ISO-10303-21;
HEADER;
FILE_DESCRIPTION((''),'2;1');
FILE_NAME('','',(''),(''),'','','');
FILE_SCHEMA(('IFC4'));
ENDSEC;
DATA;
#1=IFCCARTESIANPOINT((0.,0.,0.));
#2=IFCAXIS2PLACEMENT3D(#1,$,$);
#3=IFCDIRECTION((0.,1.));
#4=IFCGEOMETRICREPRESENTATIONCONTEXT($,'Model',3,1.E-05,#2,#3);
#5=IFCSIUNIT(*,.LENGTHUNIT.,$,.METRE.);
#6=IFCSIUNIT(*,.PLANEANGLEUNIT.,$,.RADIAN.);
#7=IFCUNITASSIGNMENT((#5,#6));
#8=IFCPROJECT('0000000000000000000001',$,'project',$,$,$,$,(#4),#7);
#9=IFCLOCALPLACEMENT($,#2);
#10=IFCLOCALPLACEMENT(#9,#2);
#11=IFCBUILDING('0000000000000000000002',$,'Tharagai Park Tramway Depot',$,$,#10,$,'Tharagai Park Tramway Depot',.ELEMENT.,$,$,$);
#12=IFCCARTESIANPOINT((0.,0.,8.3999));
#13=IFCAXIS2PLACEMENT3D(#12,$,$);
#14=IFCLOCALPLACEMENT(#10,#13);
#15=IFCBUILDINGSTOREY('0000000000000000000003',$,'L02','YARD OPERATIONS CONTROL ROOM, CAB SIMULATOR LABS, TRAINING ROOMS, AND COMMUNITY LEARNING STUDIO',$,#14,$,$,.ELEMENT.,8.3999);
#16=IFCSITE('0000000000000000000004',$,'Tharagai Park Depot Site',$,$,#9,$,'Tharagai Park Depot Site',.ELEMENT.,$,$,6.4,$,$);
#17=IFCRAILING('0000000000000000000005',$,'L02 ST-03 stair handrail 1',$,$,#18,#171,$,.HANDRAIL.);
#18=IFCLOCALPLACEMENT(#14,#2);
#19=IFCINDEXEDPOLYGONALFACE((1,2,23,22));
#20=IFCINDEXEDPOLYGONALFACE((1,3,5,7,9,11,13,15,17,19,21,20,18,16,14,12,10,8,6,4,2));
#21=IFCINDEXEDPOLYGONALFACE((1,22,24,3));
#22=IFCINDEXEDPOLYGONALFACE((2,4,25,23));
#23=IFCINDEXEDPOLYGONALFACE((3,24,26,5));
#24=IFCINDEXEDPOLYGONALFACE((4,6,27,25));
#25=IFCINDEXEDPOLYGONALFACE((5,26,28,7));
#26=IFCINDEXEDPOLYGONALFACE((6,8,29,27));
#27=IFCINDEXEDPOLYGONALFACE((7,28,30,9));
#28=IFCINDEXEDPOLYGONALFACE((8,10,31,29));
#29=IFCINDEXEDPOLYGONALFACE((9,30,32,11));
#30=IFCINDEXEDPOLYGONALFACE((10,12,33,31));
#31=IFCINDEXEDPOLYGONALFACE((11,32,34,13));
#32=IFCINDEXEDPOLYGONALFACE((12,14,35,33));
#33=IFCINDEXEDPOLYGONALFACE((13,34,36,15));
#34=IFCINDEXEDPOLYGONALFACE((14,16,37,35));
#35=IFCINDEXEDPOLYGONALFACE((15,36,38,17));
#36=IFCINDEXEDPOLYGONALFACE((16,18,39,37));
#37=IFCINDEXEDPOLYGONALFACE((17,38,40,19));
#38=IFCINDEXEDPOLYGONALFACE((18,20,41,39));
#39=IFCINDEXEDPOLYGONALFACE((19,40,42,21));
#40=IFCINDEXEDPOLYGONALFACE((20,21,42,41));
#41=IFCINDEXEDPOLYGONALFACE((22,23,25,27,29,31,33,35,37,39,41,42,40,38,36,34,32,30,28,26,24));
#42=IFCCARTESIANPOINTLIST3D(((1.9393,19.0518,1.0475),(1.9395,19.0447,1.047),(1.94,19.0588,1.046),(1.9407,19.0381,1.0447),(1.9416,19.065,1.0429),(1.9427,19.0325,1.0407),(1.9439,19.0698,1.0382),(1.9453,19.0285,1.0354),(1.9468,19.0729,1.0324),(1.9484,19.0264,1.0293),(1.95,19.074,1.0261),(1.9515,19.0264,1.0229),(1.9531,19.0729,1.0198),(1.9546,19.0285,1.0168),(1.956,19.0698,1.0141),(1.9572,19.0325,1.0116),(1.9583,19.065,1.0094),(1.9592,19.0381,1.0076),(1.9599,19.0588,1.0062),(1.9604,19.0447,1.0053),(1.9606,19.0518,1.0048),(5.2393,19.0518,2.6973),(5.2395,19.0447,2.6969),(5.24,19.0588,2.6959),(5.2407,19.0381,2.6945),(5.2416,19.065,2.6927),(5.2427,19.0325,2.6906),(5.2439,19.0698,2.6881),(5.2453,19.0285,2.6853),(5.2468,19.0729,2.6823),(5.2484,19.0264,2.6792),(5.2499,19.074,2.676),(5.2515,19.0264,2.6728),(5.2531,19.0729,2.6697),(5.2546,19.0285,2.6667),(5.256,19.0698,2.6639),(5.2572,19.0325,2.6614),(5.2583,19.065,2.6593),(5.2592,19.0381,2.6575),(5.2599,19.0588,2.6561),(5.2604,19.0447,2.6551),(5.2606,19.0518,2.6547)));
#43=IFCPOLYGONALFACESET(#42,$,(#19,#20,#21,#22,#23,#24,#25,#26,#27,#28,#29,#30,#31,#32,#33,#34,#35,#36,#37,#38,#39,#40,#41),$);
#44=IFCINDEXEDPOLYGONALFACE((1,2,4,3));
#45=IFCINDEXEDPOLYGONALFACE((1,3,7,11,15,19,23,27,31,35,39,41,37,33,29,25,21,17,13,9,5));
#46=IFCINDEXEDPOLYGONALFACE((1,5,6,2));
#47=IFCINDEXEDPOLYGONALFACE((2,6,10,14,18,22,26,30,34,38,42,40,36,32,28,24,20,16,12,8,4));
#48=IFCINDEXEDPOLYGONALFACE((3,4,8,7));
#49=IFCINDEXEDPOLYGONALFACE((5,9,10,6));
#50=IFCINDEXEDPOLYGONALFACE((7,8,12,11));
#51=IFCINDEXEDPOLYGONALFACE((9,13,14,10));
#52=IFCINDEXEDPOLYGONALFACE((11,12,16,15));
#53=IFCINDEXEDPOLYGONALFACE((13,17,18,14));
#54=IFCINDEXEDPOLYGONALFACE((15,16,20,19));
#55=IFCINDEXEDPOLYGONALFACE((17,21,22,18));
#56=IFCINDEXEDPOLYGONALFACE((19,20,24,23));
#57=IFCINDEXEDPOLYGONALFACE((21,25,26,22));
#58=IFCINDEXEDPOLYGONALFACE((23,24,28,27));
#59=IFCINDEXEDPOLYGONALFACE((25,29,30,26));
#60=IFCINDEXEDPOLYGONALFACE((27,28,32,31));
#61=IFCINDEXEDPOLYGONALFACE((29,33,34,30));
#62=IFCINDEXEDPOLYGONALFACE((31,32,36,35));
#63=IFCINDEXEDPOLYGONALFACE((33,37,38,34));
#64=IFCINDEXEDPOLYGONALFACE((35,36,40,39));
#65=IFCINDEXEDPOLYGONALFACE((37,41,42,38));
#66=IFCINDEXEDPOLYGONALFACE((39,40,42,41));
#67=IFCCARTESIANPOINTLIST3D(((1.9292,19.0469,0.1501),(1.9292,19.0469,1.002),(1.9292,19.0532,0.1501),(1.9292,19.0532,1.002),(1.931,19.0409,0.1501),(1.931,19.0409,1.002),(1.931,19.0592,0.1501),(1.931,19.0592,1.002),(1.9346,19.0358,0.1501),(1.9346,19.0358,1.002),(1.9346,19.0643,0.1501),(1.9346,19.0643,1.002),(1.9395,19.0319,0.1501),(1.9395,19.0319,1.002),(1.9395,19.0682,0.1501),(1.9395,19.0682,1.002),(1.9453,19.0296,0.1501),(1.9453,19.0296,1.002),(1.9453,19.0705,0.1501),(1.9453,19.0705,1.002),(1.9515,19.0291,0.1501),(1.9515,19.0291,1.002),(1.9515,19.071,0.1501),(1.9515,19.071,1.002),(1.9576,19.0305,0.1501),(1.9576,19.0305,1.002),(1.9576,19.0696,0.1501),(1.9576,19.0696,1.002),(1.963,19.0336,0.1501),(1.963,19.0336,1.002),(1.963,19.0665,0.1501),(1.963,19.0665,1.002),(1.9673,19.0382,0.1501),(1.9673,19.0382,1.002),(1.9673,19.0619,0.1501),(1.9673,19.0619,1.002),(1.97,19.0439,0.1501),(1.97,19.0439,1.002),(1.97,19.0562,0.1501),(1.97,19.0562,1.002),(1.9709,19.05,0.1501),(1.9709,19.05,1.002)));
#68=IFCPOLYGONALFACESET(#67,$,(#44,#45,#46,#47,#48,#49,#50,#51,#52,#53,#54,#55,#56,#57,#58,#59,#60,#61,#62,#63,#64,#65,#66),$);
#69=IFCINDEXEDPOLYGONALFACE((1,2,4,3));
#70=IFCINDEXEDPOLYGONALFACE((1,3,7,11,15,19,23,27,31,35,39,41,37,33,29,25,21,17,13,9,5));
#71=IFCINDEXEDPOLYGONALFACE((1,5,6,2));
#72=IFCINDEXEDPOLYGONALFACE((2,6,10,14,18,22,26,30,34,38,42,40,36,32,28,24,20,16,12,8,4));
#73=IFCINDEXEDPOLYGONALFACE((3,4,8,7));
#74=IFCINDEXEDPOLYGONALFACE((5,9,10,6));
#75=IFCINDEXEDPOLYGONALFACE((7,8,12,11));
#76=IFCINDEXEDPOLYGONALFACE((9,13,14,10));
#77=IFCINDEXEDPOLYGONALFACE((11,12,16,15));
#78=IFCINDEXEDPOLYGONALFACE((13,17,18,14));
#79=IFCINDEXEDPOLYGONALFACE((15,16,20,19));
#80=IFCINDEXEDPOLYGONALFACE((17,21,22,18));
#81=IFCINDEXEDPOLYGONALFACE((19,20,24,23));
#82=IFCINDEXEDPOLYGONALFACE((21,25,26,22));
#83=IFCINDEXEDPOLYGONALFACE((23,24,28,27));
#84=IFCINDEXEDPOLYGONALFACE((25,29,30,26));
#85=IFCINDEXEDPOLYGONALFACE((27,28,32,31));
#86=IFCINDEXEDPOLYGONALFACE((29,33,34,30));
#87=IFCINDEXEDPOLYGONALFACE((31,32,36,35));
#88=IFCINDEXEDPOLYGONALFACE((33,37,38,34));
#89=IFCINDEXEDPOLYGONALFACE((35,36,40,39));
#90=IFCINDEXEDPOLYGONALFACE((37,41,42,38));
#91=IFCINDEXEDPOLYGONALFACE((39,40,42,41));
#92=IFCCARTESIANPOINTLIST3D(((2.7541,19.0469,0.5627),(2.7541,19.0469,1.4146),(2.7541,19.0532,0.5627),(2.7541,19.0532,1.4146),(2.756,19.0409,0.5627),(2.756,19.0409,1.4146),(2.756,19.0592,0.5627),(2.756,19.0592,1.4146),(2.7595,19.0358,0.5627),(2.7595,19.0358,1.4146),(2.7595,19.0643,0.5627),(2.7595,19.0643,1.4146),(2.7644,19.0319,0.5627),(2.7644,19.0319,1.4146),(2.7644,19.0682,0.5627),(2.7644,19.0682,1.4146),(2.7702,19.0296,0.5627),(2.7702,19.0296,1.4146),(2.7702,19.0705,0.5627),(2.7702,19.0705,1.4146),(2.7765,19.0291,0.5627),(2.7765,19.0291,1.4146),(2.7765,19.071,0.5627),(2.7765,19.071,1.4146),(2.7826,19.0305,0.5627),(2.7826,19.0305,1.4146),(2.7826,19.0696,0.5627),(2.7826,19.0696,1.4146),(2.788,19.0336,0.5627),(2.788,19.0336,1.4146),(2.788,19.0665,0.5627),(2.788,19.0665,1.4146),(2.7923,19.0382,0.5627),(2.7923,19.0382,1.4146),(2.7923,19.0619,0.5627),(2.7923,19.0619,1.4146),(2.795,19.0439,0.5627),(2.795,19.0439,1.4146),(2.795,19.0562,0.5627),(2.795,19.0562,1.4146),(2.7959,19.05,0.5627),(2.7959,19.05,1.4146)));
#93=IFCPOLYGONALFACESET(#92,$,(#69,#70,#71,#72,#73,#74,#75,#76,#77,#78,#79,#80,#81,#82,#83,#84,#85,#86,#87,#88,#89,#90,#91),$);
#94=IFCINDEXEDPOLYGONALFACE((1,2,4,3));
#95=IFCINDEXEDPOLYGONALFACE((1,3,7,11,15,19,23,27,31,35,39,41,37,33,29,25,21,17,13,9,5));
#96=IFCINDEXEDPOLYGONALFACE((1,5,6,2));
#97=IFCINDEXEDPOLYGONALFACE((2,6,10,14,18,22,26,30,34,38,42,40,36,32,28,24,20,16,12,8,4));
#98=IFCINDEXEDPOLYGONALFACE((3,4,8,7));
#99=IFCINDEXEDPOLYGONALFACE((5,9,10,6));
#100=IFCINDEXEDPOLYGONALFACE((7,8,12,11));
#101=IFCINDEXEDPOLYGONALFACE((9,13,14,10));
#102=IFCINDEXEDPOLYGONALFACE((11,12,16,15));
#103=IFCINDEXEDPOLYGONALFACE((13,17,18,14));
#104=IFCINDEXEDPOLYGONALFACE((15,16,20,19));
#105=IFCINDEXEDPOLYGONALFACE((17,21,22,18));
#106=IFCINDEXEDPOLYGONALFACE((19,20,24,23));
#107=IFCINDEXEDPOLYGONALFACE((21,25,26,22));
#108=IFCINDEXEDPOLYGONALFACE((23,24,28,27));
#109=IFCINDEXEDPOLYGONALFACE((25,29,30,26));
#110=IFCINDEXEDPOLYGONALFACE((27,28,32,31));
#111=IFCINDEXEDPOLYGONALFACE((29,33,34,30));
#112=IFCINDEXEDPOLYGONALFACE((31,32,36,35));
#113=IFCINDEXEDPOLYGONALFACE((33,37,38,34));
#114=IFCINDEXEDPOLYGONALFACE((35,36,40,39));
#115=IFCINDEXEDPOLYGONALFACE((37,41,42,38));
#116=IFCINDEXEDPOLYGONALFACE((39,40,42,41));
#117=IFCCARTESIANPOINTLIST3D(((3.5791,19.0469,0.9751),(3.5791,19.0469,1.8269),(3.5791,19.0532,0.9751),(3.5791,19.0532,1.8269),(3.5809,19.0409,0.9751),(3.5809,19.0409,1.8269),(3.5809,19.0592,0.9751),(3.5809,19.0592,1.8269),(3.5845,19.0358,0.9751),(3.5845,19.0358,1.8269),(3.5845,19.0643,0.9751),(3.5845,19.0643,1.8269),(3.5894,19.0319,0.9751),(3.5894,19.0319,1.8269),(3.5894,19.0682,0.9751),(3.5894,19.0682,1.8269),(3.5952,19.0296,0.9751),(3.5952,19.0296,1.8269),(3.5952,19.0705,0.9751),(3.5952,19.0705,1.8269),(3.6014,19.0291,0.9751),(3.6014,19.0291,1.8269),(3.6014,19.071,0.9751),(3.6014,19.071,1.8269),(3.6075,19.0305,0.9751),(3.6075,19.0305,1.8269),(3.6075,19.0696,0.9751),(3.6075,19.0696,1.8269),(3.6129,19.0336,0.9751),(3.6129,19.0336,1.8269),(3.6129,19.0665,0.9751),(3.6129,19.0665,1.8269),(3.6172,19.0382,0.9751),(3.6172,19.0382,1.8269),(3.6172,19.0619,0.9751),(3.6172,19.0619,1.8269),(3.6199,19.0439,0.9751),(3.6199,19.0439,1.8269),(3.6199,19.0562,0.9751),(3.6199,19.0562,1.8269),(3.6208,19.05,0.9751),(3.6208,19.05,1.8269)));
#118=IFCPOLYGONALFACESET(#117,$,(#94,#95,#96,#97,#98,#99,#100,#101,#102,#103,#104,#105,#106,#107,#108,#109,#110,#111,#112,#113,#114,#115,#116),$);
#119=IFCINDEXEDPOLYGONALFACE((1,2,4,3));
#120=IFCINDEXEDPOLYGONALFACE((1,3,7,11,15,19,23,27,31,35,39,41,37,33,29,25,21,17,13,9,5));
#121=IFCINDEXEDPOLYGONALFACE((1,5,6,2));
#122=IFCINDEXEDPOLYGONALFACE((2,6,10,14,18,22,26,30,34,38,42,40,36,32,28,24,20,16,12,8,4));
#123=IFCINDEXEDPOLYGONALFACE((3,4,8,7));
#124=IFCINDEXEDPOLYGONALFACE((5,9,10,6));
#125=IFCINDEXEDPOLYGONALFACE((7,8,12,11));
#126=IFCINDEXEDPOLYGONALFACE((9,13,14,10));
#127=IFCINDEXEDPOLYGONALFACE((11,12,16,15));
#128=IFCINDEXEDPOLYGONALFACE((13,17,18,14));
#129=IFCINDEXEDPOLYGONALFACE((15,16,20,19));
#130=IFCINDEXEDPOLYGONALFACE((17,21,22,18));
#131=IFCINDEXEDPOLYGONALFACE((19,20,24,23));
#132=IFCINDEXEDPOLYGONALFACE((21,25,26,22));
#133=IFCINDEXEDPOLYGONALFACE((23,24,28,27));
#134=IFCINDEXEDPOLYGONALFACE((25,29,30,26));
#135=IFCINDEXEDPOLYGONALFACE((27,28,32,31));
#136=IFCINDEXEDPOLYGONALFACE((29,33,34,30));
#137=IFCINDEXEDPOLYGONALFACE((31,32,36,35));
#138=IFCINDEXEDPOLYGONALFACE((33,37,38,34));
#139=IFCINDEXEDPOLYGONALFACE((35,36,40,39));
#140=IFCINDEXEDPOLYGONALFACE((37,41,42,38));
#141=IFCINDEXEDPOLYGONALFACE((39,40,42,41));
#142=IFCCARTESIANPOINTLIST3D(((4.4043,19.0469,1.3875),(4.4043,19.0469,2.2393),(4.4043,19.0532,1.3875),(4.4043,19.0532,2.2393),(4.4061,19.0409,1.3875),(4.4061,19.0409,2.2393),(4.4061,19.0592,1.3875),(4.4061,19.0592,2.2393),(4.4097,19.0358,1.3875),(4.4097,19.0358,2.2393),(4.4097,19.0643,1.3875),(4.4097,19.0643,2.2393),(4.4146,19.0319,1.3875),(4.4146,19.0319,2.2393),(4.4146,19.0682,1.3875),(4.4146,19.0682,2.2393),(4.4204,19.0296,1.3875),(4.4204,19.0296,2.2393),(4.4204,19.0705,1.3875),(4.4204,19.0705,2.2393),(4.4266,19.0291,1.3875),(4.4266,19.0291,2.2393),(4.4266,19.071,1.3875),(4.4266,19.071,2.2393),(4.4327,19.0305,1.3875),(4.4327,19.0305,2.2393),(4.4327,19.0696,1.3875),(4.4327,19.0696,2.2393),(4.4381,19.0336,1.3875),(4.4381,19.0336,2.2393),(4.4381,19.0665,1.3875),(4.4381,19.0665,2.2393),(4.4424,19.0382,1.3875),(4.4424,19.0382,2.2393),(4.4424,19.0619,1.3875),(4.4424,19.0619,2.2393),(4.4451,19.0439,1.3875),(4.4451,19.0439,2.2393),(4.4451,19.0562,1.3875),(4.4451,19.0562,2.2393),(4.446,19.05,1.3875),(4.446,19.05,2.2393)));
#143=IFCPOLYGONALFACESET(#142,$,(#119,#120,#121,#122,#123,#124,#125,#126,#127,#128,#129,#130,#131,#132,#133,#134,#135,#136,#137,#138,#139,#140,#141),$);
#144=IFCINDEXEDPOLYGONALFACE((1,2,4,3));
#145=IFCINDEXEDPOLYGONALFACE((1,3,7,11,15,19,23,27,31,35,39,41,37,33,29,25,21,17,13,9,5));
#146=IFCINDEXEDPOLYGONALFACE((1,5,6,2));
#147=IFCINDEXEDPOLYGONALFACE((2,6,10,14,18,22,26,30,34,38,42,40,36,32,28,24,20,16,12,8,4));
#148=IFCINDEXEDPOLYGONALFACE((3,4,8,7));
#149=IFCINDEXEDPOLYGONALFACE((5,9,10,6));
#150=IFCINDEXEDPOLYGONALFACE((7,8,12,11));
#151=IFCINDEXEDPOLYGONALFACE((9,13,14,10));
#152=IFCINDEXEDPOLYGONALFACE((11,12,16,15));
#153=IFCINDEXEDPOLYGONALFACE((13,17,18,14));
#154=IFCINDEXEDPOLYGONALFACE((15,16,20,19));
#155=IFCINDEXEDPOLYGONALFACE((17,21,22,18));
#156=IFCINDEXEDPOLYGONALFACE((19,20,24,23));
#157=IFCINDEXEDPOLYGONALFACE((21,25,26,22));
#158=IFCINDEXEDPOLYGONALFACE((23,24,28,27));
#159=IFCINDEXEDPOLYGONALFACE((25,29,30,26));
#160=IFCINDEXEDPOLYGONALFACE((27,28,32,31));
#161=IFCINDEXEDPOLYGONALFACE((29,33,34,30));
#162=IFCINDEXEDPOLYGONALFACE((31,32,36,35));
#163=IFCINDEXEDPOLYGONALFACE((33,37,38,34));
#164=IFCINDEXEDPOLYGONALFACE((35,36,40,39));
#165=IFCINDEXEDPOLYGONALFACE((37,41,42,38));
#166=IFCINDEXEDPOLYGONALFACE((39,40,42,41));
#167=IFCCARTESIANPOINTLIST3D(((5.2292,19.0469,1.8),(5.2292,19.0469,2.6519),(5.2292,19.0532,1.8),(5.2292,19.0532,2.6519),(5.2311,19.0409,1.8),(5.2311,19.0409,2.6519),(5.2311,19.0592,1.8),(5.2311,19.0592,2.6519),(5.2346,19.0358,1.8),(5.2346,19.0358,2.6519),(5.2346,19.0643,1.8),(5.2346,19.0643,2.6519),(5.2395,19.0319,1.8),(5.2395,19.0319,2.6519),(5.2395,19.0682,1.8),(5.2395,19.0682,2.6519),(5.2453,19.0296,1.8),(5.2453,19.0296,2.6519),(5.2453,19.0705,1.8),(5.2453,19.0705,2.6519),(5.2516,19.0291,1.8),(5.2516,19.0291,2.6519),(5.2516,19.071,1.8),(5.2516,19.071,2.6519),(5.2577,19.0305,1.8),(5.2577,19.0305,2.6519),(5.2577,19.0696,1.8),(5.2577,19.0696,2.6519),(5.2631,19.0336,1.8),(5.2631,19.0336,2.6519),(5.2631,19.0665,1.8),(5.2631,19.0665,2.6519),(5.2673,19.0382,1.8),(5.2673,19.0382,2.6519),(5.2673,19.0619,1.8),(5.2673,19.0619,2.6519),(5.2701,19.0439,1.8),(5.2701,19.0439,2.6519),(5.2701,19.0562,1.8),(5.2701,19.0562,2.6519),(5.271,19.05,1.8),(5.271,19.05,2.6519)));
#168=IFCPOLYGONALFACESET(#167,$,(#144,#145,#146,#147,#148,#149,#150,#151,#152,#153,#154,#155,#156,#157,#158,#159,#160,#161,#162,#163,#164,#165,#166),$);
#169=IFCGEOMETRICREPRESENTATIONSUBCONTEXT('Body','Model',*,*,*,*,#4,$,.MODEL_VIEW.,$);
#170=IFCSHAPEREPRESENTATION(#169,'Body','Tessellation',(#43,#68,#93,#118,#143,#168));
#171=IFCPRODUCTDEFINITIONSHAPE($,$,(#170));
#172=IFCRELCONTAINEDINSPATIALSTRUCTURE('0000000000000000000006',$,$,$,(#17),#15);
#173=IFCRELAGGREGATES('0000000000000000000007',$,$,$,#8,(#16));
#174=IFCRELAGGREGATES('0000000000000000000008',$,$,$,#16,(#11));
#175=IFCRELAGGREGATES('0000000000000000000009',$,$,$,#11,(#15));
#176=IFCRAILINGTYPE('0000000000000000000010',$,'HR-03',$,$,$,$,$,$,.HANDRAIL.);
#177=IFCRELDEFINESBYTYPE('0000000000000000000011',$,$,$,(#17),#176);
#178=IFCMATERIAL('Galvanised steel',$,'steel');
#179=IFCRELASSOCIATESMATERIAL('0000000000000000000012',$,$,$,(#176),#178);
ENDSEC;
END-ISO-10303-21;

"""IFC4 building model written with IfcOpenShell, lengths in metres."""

from ifc_helpers import new_model, si_unit, direction, frame, origin, origin_2d, place, context, subcontext, project, spatial, circle, extrude, material, type_object, element, save


model = new_model("IFC4")

# Units and contexts
model_context = context("Model", 3, precision=1e-05, world=origin(), true_north=direction((0.0, 1.0)))
body_context = subcontext(model_context, "Body", "Model", "MODEL_VIEW")
ifc_project = project(units=[si_unit("LENGTHUNIT", "METRE"), si_unit("PLANEANGLEUNIT", "RADIAN")], contexts=[model_context])

# Site, building, storey
site_placement = place(None, origin())
site = spatial("IfcSite", under=ifc_project, at=site_placement, Name="Tharagai Park Depot Site", LongName="Tharagai Park Depot Site", CompositionType="ELEMENT", RefElevation=6.4)
building_placement = place(site_placement, origin())
building = spatial("IfcBuilding", under=site, at=building_placement, Name="Tharagai Park Tramway Depot", LongName="Tharagai Park Tramway Depot", CompositionType="ELEMENT")
storey_placement = place(building_placement, frame((0.0, 0.0, 8.3999)))
storey = spatial("IfcBuildingStorey", under=building, at=storey_placement, Name="L02", Description="YARD OPERATIONS CONTROL ROOM, CAB SIMULATOR LABS, TRAINING ROOMS, AND COMMUNITY LEARNING STUDIO", CompositionType="ELEMENT", Elevation=8.3999)

# Shared definitions
ifc_material_1 = material(Name="Galvanised steel", Category="steel")

# Railing
railing_type_1 = type_object("IfcRailingType", Name="HR-03", PredefinedType="HANDRAIL", material=ifc_material_1)
railing_1_placement = place(storey_placement, frame((1.95, 19.05, 0.1501)))
element("IfcRailing", 1, at=railing_1_placement, inside=storey, type_object=railing_type_1, Name="L02 ST-03 stair handrail 1", PredefinedType="HANDRAIL", context=body_context, shape_type="SweptSolid", body=[
    extrude(circle(Radius=0.0239, at=origin_2d()), frame((0.0, 0.0, 0.876), z_axis=(0.89444, 0.0, 0.447187), x_axis=(0.0, 1.0, 0.0)), (0.0, 0.0, 1.0), 3.6895),
    extrude(circle(Radius=0.021, at=origin_2d()), origin(), (0.0, 0.0, 1.0), 0.8518),
    extrude(circle(Radius=0.021, at=origin_2d()), frame((0.825, 0.0, 0.4126)), (0.0, 0.0, 1.0), 0.8518),
    extrude(circle(Radius=0.021, at=origin_2d()), frame((1.6499, 0.0, 0.825)), (0.0, 0.0, 1.0), 0.8518),
    extrude(circle(Radius=0.021, at=origin_2d()), frame((2.4751, 0.0, 1.2373)), (0.0, 0.0, 1.0), 0.8518),
    extrude(circle(Radius=0.021, at=origin_2d()), frame((3.3, 0.0, 1.6499)), (0.0, 0.0, 1.0), 0.8518),
])

save(model, "model.ifc")
